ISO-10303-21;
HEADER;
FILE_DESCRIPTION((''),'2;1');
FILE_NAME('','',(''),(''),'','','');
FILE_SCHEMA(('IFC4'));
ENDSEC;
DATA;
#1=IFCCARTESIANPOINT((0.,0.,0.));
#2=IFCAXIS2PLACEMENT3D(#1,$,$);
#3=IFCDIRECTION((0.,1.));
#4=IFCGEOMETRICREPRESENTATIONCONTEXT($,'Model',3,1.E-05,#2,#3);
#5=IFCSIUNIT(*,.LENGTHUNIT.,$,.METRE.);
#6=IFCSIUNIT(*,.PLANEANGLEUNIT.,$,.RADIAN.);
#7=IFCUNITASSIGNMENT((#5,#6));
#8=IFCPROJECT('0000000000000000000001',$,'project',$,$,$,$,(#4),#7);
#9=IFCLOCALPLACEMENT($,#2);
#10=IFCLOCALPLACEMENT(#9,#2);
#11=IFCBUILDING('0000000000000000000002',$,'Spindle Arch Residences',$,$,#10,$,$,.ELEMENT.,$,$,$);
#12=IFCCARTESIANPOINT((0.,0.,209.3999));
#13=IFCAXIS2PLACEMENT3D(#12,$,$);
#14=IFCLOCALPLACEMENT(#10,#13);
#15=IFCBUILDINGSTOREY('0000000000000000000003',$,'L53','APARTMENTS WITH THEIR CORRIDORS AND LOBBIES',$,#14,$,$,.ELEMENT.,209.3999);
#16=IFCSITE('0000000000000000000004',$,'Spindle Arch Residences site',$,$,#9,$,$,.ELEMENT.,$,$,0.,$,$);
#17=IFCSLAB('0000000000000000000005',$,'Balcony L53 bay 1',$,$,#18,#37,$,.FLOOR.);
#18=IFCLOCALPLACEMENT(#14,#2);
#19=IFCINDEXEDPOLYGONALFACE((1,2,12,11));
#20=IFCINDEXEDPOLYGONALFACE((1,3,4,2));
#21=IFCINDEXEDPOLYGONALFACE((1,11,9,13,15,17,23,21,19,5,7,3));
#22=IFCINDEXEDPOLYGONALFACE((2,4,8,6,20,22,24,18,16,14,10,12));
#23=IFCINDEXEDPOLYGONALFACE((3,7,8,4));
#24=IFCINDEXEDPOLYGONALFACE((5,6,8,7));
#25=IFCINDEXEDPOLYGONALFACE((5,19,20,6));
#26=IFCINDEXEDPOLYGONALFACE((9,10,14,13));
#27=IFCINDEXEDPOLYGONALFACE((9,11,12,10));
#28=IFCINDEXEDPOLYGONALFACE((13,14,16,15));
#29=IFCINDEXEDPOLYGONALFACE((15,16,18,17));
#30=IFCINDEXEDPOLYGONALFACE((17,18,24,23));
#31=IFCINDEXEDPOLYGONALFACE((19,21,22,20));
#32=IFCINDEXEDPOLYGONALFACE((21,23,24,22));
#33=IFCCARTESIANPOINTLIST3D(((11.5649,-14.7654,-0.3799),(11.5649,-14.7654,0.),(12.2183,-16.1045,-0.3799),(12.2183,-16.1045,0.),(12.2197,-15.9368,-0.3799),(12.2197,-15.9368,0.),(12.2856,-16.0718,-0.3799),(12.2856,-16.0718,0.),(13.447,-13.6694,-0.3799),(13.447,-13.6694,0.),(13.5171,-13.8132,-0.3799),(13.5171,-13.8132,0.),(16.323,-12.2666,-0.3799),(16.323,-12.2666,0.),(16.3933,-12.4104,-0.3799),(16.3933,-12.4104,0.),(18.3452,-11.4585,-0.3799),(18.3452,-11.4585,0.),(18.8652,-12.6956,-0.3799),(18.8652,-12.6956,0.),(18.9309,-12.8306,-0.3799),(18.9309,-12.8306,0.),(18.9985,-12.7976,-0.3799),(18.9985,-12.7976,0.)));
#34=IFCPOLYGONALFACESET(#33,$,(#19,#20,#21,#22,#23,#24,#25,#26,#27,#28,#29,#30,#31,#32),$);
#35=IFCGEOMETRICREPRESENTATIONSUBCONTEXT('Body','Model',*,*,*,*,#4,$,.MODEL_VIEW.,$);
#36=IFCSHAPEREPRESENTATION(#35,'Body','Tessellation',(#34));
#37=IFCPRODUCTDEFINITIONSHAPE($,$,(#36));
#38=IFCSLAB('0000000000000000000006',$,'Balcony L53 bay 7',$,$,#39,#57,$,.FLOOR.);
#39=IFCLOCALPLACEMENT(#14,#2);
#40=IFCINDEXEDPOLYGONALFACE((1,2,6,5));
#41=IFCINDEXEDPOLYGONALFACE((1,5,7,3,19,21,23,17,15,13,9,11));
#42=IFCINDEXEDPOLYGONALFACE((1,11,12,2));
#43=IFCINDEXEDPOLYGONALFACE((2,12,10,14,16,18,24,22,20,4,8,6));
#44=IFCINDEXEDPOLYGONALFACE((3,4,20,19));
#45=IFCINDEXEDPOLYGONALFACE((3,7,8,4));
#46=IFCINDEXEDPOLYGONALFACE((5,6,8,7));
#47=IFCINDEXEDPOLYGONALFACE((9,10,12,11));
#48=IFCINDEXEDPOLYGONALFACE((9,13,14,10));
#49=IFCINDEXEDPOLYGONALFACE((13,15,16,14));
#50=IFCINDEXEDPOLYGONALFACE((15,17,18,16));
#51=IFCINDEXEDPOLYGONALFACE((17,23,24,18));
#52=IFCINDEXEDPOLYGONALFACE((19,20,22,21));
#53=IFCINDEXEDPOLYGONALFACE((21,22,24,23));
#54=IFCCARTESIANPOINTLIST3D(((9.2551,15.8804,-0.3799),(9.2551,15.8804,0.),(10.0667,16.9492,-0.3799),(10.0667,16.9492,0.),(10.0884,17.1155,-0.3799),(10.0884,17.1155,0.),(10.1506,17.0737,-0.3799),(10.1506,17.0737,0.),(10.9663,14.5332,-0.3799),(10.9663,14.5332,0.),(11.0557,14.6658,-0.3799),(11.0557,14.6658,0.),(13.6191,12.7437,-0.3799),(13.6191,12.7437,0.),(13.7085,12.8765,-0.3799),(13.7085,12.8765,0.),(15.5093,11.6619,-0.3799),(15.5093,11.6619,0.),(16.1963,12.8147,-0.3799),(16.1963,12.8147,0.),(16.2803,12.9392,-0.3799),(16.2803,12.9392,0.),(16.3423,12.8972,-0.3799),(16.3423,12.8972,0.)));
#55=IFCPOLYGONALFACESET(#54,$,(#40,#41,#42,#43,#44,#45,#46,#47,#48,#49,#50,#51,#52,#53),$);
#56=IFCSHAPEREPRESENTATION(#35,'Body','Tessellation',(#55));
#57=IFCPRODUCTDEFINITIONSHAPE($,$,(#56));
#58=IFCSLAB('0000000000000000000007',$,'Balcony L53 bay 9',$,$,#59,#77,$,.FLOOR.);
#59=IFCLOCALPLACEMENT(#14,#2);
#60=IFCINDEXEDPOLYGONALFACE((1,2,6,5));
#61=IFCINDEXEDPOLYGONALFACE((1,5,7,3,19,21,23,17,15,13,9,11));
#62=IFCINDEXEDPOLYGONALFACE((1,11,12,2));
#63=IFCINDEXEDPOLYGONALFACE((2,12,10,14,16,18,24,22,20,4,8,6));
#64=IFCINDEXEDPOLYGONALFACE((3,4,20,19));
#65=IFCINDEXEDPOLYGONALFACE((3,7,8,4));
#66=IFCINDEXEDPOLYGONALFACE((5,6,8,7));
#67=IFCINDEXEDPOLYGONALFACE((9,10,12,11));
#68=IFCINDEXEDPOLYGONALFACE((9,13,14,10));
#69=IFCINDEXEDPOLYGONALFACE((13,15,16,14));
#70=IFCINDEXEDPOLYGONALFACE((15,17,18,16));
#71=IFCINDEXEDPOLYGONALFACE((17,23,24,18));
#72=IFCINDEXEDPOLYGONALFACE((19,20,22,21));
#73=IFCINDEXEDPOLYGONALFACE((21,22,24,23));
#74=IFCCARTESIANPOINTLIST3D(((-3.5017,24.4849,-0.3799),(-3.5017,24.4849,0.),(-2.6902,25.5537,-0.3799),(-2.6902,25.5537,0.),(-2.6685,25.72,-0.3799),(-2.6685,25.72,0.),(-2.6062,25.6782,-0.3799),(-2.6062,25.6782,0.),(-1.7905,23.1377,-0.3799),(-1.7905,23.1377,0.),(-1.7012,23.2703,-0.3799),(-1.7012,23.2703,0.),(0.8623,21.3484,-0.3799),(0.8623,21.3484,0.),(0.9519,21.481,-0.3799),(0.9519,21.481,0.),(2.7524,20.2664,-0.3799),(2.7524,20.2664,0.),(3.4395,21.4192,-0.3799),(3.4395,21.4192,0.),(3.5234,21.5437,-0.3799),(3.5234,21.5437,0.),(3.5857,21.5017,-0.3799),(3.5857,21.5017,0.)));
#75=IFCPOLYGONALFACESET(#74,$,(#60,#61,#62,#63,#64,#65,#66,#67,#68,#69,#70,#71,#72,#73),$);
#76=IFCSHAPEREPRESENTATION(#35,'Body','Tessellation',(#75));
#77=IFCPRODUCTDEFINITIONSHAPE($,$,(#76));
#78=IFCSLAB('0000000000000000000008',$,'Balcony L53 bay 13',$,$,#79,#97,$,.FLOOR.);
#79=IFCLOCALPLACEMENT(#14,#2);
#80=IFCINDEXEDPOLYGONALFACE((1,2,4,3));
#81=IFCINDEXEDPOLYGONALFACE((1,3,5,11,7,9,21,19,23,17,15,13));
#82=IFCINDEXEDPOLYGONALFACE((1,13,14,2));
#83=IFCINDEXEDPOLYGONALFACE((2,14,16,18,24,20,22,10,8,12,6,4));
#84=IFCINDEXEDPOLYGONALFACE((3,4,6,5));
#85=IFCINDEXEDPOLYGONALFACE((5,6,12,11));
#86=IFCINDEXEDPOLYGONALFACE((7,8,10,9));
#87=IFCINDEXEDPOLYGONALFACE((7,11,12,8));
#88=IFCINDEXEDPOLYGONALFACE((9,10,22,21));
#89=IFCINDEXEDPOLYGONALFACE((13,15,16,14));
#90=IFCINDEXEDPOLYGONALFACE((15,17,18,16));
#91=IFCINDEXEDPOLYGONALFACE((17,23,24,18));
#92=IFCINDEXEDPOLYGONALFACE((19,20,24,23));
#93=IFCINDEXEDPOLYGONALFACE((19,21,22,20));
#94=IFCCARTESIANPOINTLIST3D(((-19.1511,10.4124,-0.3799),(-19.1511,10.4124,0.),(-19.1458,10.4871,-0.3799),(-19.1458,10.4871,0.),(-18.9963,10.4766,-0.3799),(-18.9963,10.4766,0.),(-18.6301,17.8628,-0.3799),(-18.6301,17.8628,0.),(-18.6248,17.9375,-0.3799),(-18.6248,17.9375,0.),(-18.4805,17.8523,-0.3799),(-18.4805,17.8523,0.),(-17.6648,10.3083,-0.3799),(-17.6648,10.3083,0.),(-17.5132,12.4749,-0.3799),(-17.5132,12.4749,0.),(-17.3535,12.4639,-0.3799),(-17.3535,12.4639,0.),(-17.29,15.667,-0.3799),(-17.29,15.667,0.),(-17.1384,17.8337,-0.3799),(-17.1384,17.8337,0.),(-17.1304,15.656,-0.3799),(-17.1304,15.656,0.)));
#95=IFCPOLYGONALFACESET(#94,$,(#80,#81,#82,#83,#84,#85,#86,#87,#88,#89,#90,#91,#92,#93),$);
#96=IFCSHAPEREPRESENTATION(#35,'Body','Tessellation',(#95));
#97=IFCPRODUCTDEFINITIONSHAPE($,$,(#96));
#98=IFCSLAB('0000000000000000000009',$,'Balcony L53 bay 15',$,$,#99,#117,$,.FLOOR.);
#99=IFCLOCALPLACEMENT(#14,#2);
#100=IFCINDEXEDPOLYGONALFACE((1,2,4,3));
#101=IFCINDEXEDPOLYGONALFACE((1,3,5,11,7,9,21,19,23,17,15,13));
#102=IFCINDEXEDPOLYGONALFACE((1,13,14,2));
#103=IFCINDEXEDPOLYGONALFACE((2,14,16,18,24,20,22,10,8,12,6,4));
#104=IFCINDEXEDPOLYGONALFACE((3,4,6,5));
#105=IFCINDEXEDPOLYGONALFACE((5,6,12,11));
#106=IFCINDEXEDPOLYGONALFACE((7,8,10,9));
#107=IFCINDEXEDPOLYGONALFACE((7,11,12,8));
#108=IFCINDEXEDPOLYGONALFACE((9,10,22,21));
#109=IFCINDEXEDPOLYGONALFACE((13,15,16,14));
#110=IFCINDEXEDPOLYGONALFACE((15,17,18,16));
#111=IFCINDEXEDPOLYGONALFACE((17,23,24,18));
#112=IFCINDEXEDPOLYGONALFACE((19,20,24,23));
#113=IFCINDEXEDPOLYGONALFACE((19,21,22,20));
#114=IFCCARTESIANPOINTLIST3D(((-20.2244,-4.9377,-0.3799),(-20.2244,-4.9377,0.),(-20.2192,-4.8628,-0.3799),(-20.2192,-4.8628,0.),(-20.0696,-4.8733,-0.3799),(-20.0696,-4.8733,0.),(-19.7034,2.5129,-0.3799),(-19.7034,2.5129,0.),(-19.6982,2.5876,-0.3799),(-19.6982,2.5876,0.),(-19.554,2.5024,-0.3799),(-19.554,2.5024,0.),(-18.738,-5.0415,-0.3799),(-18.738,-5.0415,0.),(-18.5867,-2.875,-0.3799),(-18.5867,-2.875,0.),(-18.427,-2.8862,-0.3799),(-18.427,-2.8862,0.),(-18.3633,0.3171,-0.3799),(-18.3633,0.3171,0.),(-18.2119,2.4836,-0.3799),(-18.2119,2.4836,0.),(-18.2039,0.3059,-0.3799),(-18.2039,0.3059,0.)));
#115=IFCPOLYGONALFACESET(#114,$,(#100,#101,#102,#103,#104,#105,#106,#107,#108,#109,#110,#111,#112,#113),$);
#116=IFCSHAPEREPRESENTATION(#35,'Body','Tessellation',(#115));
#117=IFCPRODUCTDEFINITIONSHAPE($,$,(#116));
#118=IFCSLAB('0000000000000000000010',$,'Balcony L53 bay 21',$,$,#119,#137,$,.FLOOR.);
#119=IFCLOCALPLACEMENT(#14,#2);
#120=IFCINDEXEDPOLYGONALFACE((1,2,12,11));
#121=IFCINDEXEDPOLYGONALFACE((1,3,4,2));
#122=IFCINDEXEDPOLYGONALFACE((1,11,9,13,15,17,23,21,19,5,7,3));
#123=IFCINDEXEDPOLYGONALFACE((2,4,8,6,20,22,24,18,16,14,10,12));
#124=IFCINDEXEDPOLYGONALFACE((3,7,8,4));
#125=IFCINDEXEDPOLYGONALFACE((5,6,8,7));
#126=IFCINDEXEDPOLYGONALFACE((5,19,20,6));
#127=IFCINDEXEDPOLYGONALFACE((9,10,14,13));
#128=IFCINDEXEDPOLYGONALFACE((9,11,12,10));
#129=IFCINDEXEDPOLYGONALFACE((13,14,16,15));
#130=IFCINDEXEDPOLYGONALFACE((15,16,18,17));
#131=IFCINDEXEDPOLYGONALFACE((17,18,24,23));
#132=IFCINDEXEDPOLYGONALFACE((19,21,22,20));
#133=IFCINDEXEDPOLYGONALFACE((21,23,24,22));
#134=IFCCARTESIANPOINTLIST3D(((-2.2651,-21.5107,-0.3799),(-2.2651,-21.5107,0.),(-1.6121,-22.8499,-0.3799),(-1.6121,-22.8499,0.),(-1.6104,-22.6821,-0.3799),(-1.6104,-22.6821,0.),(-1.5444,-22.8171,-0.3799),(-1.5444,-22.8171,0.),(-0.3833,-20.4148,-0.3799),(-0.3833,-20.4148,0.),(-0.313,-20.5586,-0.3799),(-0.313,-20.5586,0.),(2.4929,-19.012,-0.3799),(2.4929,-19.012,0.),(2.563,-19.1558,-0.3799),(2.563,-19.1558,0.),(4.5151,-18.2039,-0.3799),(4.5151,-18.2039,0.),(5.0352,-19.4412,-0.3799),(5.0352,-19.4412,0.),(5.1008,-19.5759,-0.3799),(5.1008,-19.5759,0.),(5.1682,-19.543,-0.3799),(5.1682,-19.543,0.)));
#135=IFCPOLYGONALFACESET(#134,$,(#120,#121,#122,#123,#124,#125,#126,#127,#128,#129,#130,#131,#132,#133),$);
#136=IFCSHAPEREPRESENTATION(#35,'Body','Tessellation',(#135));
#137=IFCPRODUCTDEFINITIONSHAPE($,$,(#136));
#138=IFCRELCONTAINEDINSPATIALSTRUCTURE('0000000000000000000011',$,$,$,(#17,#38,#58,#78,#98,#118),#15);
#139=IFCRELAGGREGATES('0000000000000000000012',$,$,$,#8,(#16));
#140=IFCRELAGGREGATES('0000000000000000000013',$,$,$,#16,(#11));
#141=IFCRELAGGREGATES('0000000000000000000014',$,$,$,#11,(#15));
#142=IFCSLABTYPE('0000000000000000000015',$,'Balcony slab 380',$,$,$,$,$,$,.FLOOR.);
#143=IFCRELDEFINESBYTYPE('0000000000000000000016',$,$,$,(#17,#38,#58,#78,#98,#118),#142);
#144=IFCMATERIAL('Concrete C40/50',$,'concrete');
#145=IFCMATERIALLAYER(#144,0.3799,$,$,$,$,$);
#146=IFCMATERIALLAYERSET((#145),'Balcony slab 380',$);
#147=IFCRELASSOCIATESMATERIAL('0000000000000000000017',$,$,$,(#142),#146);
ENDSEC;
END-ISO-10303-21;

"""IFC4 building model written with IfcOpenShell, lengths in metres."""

from ifc_helpers import new_model, si_unit, direction, frame, origin, place, context, subcontext, project, spatial, polyline, outline, extrude, material, layer, layer_set, type_object, element, save


model = new_model("IFC4")

# Units and contexts
model_context = context("Model", 3, precision=1e-05, world=origin(), true_north=direction((0.0, 1.0)))
body_context = subcontext(model_context, "Body", "Model", "MODEL_VIEW")
ifc_project = project(units=[si_unit("LENGTHUNIT", "METRE"), si_unit("PLANEANGLEUNIT", "RADIAN")], contexts=[model_context])

# Site, building, storey
site_placement = place(None, origin())
site = spatial("IfcSite", under=ifc_project, at=site_placement, Name="Spindle Arch Residences site", CompositionType="ELEMENT", RefElevation=0.0)
building_placement = place(site_placement, origin())
building = spatial("IfcBuilding", under=site, at=building_placement, Name="Spindle Arch Residences", CompositionType="ELEMENT")
storey_placement = place(building_placement, frame((0.0, 0.0, 209.3999)))
storey = spatial("IfcBuildingStorey", under=building, at=storey_placement, Name="L53", Description="APARTMENTS WITH THEIR CORRIDORS AND LOBBIES", CompositionType="ELEMENT", Elevation=209.3999)

# Slabs
ifc_material_1 = material(Name="Concrete C40/50", Category="concrete")
ifc_layer_1 = layer(ifc_material_1, 0.3799)
ifc_layer_set_1 = layer_set([ifc_layer_1], Name="Balcony slab 380")
slab_type_1 = type_object("IfcSlabType", Name="Balcony slab 380", PredefinedType="FLOOR", material=ifc_layer_set_1)
slab_1_placement = place(storey_placement, frame((0.0, 0.0, -0.3799)))
element("IfcSlab", 1, at=slab_1_placement, inside=storey, type_object=slab_type_1, Name="Balcony L53 bay 1", PredefinedType="FLOOR", context=body_context, shape_type="SweptSolid", body=[
    extrude(outline(polyline([(12.2183, -16.1045), (12.2856, -16.0718), (12.2197, -15.9368), (18.8652, -12.6956), (18.9309, -12.8306), (18.9985, -12.7976), (18.3452, -11.4585), (16.3933, -12.4104), (16.323, -12.2666), (13.447, -13.6694), (13.5171, -13.8132), (11.5649, -14.7654), (12.2183, -16.1045)])), origin(), (0.0, 0.0, 1.0), 0.3799),
])
slab_2_placement = place(storey_placement, frame((0.0, 0.0, -0.3799)))
element("IfcSlab", 2, at=slab_2_placement, inside=storey, type_object=slab_type_1, Name="Balcony L53 bay 7", PredefinedType="FLOOR", context=body_context, shape_type="SweptSolid", body=[
    extrude(outline(polyline([(16.3423, 12.8972), (16.2803, 12.9392), (16.1963, 12.8147), (10.0667, 16.9492), (10.1506, 17.0737), (10.0884, 17.1155), (9.2551, 15.8804), (11.0557, 14.6658), (10.9663, 14.5332), (13.6191, 12.7437), (13.7085, 12.8765), (15.5093, 11.6619), (16.3423, 12.8972)])), origin(), (0.0, 0.0, 1.0), 0.3799),
])
slab_3_placement = place(storey_placement, frame((0.0, 0.0, -0.3799)))
element("IfcSlab", 3, at=slab_3_placement, inside=storey, type_object=slab_type_1, Name="Balcony L53 bay 9", PredefinedType="FLOOR", context=body_context, shape_type="SweptSolid", body=[
    extrude(outline(polyline([(3.5857, 21.5017), (3.5234, 21.5437), (3.4395, 21.4192), (-2.6902, 25.5537), (-2.6062, 25.6782), (-2.6685, 25.72), (-3.5017, 24.4849), (-1.7012, 23.2703), (-1.7905, 23.1377), (0.8623, 21.3484), (0.9519, 21.481), (2.7524, 20.2664), (3.5857, 21.5017)])), origin(), (0.0, 0.0, 1.0), 0.3799),
])
slab_4_placement = place(storey_placement, frame((0.0, 0.0, -0.3799)))
element("IfcSlab", 4, at=slab_4_placement, inside=storey, type_object=slab_type_1, Name="Balcony L53 bay 13", PredefinedType="FLOOR", context=body_context, shape_type="SweptSolid", body=[
    extrude(outline(polyline([(-18.6248, 17.9375), (-18.6301, 17.8628), (-18.4805, 17.8523), (-18.9963, 10.4766), (-19.1458, 10.4871), (-19.1511, 10.4124), (-17.6648, 10.3083), (-17.5132, 12.4749), (-17.3535, 12.4639), (-17.1304, 15.656), (-17.29, 15.667), (-17.1384, 17.8337), (-18.6248, 17.9375)])), origin(), (0.0, 0.0, 1.0), 0.3799),
])
slab_5_placement = place(storey_placement, frame((0.0, 0.0, -0.3799)))
element("IfcSlab", 5, at=slab_5_placement, inside=storey, type_object=slab_type_1, Name="Balcony L53 bay 15", PredefinedType="FLOOR", context=body_context, shape_type="SweptSolid", body=[
    extrude(outline(polyline([(-19.6982, 2.5876), (-19.7034, 2.5129), (-19.554, 2.5024), (-20.0696, -4.8733), (-20.2192, -4.8628), (-20.2244, -4.9377), (-18.738, -5.0415), (-18.5867, -2.875), (-18.427, -2.8862), (-18.2039, 0.3059), (-18.3633, 0.3171), (-18.2119, 2.4836), (-19.6982, 2.5876)])), origin(), (0.0, 0.0, 1.0), 0.3799),
])
slab_6_placement = place(storey_placement, frame((0.0, 0.0, -0.3799)))
element("IfcSlab", 6, at=slab_6_placement, inside=storey, type_object=slab_type_1, Name="Balcony L53 bay 21", PredefinedType="FLOOR", context=body_context, shape_type="SweptSolid", body=[
    extrude(outline(polyline([(-1.6121, -22.8499), (-1.5444, -22.8171), (-1.6104, -22.6821), (5.0352, -19.4412), (5.1008, -19.5759), (5.1682, -19.543), (4.5151, -18.2039), (2.563, -19.1558), (2.4929, -19.012), (-0.3833, -20.4148), (-0.313, -20.5586), (-2.2651, -21.5107), (-1.6121, -22.8499)])), origin(), (0.0, 0.0, 1.0), 0.3799),
])

save(model, "model.ifc")
